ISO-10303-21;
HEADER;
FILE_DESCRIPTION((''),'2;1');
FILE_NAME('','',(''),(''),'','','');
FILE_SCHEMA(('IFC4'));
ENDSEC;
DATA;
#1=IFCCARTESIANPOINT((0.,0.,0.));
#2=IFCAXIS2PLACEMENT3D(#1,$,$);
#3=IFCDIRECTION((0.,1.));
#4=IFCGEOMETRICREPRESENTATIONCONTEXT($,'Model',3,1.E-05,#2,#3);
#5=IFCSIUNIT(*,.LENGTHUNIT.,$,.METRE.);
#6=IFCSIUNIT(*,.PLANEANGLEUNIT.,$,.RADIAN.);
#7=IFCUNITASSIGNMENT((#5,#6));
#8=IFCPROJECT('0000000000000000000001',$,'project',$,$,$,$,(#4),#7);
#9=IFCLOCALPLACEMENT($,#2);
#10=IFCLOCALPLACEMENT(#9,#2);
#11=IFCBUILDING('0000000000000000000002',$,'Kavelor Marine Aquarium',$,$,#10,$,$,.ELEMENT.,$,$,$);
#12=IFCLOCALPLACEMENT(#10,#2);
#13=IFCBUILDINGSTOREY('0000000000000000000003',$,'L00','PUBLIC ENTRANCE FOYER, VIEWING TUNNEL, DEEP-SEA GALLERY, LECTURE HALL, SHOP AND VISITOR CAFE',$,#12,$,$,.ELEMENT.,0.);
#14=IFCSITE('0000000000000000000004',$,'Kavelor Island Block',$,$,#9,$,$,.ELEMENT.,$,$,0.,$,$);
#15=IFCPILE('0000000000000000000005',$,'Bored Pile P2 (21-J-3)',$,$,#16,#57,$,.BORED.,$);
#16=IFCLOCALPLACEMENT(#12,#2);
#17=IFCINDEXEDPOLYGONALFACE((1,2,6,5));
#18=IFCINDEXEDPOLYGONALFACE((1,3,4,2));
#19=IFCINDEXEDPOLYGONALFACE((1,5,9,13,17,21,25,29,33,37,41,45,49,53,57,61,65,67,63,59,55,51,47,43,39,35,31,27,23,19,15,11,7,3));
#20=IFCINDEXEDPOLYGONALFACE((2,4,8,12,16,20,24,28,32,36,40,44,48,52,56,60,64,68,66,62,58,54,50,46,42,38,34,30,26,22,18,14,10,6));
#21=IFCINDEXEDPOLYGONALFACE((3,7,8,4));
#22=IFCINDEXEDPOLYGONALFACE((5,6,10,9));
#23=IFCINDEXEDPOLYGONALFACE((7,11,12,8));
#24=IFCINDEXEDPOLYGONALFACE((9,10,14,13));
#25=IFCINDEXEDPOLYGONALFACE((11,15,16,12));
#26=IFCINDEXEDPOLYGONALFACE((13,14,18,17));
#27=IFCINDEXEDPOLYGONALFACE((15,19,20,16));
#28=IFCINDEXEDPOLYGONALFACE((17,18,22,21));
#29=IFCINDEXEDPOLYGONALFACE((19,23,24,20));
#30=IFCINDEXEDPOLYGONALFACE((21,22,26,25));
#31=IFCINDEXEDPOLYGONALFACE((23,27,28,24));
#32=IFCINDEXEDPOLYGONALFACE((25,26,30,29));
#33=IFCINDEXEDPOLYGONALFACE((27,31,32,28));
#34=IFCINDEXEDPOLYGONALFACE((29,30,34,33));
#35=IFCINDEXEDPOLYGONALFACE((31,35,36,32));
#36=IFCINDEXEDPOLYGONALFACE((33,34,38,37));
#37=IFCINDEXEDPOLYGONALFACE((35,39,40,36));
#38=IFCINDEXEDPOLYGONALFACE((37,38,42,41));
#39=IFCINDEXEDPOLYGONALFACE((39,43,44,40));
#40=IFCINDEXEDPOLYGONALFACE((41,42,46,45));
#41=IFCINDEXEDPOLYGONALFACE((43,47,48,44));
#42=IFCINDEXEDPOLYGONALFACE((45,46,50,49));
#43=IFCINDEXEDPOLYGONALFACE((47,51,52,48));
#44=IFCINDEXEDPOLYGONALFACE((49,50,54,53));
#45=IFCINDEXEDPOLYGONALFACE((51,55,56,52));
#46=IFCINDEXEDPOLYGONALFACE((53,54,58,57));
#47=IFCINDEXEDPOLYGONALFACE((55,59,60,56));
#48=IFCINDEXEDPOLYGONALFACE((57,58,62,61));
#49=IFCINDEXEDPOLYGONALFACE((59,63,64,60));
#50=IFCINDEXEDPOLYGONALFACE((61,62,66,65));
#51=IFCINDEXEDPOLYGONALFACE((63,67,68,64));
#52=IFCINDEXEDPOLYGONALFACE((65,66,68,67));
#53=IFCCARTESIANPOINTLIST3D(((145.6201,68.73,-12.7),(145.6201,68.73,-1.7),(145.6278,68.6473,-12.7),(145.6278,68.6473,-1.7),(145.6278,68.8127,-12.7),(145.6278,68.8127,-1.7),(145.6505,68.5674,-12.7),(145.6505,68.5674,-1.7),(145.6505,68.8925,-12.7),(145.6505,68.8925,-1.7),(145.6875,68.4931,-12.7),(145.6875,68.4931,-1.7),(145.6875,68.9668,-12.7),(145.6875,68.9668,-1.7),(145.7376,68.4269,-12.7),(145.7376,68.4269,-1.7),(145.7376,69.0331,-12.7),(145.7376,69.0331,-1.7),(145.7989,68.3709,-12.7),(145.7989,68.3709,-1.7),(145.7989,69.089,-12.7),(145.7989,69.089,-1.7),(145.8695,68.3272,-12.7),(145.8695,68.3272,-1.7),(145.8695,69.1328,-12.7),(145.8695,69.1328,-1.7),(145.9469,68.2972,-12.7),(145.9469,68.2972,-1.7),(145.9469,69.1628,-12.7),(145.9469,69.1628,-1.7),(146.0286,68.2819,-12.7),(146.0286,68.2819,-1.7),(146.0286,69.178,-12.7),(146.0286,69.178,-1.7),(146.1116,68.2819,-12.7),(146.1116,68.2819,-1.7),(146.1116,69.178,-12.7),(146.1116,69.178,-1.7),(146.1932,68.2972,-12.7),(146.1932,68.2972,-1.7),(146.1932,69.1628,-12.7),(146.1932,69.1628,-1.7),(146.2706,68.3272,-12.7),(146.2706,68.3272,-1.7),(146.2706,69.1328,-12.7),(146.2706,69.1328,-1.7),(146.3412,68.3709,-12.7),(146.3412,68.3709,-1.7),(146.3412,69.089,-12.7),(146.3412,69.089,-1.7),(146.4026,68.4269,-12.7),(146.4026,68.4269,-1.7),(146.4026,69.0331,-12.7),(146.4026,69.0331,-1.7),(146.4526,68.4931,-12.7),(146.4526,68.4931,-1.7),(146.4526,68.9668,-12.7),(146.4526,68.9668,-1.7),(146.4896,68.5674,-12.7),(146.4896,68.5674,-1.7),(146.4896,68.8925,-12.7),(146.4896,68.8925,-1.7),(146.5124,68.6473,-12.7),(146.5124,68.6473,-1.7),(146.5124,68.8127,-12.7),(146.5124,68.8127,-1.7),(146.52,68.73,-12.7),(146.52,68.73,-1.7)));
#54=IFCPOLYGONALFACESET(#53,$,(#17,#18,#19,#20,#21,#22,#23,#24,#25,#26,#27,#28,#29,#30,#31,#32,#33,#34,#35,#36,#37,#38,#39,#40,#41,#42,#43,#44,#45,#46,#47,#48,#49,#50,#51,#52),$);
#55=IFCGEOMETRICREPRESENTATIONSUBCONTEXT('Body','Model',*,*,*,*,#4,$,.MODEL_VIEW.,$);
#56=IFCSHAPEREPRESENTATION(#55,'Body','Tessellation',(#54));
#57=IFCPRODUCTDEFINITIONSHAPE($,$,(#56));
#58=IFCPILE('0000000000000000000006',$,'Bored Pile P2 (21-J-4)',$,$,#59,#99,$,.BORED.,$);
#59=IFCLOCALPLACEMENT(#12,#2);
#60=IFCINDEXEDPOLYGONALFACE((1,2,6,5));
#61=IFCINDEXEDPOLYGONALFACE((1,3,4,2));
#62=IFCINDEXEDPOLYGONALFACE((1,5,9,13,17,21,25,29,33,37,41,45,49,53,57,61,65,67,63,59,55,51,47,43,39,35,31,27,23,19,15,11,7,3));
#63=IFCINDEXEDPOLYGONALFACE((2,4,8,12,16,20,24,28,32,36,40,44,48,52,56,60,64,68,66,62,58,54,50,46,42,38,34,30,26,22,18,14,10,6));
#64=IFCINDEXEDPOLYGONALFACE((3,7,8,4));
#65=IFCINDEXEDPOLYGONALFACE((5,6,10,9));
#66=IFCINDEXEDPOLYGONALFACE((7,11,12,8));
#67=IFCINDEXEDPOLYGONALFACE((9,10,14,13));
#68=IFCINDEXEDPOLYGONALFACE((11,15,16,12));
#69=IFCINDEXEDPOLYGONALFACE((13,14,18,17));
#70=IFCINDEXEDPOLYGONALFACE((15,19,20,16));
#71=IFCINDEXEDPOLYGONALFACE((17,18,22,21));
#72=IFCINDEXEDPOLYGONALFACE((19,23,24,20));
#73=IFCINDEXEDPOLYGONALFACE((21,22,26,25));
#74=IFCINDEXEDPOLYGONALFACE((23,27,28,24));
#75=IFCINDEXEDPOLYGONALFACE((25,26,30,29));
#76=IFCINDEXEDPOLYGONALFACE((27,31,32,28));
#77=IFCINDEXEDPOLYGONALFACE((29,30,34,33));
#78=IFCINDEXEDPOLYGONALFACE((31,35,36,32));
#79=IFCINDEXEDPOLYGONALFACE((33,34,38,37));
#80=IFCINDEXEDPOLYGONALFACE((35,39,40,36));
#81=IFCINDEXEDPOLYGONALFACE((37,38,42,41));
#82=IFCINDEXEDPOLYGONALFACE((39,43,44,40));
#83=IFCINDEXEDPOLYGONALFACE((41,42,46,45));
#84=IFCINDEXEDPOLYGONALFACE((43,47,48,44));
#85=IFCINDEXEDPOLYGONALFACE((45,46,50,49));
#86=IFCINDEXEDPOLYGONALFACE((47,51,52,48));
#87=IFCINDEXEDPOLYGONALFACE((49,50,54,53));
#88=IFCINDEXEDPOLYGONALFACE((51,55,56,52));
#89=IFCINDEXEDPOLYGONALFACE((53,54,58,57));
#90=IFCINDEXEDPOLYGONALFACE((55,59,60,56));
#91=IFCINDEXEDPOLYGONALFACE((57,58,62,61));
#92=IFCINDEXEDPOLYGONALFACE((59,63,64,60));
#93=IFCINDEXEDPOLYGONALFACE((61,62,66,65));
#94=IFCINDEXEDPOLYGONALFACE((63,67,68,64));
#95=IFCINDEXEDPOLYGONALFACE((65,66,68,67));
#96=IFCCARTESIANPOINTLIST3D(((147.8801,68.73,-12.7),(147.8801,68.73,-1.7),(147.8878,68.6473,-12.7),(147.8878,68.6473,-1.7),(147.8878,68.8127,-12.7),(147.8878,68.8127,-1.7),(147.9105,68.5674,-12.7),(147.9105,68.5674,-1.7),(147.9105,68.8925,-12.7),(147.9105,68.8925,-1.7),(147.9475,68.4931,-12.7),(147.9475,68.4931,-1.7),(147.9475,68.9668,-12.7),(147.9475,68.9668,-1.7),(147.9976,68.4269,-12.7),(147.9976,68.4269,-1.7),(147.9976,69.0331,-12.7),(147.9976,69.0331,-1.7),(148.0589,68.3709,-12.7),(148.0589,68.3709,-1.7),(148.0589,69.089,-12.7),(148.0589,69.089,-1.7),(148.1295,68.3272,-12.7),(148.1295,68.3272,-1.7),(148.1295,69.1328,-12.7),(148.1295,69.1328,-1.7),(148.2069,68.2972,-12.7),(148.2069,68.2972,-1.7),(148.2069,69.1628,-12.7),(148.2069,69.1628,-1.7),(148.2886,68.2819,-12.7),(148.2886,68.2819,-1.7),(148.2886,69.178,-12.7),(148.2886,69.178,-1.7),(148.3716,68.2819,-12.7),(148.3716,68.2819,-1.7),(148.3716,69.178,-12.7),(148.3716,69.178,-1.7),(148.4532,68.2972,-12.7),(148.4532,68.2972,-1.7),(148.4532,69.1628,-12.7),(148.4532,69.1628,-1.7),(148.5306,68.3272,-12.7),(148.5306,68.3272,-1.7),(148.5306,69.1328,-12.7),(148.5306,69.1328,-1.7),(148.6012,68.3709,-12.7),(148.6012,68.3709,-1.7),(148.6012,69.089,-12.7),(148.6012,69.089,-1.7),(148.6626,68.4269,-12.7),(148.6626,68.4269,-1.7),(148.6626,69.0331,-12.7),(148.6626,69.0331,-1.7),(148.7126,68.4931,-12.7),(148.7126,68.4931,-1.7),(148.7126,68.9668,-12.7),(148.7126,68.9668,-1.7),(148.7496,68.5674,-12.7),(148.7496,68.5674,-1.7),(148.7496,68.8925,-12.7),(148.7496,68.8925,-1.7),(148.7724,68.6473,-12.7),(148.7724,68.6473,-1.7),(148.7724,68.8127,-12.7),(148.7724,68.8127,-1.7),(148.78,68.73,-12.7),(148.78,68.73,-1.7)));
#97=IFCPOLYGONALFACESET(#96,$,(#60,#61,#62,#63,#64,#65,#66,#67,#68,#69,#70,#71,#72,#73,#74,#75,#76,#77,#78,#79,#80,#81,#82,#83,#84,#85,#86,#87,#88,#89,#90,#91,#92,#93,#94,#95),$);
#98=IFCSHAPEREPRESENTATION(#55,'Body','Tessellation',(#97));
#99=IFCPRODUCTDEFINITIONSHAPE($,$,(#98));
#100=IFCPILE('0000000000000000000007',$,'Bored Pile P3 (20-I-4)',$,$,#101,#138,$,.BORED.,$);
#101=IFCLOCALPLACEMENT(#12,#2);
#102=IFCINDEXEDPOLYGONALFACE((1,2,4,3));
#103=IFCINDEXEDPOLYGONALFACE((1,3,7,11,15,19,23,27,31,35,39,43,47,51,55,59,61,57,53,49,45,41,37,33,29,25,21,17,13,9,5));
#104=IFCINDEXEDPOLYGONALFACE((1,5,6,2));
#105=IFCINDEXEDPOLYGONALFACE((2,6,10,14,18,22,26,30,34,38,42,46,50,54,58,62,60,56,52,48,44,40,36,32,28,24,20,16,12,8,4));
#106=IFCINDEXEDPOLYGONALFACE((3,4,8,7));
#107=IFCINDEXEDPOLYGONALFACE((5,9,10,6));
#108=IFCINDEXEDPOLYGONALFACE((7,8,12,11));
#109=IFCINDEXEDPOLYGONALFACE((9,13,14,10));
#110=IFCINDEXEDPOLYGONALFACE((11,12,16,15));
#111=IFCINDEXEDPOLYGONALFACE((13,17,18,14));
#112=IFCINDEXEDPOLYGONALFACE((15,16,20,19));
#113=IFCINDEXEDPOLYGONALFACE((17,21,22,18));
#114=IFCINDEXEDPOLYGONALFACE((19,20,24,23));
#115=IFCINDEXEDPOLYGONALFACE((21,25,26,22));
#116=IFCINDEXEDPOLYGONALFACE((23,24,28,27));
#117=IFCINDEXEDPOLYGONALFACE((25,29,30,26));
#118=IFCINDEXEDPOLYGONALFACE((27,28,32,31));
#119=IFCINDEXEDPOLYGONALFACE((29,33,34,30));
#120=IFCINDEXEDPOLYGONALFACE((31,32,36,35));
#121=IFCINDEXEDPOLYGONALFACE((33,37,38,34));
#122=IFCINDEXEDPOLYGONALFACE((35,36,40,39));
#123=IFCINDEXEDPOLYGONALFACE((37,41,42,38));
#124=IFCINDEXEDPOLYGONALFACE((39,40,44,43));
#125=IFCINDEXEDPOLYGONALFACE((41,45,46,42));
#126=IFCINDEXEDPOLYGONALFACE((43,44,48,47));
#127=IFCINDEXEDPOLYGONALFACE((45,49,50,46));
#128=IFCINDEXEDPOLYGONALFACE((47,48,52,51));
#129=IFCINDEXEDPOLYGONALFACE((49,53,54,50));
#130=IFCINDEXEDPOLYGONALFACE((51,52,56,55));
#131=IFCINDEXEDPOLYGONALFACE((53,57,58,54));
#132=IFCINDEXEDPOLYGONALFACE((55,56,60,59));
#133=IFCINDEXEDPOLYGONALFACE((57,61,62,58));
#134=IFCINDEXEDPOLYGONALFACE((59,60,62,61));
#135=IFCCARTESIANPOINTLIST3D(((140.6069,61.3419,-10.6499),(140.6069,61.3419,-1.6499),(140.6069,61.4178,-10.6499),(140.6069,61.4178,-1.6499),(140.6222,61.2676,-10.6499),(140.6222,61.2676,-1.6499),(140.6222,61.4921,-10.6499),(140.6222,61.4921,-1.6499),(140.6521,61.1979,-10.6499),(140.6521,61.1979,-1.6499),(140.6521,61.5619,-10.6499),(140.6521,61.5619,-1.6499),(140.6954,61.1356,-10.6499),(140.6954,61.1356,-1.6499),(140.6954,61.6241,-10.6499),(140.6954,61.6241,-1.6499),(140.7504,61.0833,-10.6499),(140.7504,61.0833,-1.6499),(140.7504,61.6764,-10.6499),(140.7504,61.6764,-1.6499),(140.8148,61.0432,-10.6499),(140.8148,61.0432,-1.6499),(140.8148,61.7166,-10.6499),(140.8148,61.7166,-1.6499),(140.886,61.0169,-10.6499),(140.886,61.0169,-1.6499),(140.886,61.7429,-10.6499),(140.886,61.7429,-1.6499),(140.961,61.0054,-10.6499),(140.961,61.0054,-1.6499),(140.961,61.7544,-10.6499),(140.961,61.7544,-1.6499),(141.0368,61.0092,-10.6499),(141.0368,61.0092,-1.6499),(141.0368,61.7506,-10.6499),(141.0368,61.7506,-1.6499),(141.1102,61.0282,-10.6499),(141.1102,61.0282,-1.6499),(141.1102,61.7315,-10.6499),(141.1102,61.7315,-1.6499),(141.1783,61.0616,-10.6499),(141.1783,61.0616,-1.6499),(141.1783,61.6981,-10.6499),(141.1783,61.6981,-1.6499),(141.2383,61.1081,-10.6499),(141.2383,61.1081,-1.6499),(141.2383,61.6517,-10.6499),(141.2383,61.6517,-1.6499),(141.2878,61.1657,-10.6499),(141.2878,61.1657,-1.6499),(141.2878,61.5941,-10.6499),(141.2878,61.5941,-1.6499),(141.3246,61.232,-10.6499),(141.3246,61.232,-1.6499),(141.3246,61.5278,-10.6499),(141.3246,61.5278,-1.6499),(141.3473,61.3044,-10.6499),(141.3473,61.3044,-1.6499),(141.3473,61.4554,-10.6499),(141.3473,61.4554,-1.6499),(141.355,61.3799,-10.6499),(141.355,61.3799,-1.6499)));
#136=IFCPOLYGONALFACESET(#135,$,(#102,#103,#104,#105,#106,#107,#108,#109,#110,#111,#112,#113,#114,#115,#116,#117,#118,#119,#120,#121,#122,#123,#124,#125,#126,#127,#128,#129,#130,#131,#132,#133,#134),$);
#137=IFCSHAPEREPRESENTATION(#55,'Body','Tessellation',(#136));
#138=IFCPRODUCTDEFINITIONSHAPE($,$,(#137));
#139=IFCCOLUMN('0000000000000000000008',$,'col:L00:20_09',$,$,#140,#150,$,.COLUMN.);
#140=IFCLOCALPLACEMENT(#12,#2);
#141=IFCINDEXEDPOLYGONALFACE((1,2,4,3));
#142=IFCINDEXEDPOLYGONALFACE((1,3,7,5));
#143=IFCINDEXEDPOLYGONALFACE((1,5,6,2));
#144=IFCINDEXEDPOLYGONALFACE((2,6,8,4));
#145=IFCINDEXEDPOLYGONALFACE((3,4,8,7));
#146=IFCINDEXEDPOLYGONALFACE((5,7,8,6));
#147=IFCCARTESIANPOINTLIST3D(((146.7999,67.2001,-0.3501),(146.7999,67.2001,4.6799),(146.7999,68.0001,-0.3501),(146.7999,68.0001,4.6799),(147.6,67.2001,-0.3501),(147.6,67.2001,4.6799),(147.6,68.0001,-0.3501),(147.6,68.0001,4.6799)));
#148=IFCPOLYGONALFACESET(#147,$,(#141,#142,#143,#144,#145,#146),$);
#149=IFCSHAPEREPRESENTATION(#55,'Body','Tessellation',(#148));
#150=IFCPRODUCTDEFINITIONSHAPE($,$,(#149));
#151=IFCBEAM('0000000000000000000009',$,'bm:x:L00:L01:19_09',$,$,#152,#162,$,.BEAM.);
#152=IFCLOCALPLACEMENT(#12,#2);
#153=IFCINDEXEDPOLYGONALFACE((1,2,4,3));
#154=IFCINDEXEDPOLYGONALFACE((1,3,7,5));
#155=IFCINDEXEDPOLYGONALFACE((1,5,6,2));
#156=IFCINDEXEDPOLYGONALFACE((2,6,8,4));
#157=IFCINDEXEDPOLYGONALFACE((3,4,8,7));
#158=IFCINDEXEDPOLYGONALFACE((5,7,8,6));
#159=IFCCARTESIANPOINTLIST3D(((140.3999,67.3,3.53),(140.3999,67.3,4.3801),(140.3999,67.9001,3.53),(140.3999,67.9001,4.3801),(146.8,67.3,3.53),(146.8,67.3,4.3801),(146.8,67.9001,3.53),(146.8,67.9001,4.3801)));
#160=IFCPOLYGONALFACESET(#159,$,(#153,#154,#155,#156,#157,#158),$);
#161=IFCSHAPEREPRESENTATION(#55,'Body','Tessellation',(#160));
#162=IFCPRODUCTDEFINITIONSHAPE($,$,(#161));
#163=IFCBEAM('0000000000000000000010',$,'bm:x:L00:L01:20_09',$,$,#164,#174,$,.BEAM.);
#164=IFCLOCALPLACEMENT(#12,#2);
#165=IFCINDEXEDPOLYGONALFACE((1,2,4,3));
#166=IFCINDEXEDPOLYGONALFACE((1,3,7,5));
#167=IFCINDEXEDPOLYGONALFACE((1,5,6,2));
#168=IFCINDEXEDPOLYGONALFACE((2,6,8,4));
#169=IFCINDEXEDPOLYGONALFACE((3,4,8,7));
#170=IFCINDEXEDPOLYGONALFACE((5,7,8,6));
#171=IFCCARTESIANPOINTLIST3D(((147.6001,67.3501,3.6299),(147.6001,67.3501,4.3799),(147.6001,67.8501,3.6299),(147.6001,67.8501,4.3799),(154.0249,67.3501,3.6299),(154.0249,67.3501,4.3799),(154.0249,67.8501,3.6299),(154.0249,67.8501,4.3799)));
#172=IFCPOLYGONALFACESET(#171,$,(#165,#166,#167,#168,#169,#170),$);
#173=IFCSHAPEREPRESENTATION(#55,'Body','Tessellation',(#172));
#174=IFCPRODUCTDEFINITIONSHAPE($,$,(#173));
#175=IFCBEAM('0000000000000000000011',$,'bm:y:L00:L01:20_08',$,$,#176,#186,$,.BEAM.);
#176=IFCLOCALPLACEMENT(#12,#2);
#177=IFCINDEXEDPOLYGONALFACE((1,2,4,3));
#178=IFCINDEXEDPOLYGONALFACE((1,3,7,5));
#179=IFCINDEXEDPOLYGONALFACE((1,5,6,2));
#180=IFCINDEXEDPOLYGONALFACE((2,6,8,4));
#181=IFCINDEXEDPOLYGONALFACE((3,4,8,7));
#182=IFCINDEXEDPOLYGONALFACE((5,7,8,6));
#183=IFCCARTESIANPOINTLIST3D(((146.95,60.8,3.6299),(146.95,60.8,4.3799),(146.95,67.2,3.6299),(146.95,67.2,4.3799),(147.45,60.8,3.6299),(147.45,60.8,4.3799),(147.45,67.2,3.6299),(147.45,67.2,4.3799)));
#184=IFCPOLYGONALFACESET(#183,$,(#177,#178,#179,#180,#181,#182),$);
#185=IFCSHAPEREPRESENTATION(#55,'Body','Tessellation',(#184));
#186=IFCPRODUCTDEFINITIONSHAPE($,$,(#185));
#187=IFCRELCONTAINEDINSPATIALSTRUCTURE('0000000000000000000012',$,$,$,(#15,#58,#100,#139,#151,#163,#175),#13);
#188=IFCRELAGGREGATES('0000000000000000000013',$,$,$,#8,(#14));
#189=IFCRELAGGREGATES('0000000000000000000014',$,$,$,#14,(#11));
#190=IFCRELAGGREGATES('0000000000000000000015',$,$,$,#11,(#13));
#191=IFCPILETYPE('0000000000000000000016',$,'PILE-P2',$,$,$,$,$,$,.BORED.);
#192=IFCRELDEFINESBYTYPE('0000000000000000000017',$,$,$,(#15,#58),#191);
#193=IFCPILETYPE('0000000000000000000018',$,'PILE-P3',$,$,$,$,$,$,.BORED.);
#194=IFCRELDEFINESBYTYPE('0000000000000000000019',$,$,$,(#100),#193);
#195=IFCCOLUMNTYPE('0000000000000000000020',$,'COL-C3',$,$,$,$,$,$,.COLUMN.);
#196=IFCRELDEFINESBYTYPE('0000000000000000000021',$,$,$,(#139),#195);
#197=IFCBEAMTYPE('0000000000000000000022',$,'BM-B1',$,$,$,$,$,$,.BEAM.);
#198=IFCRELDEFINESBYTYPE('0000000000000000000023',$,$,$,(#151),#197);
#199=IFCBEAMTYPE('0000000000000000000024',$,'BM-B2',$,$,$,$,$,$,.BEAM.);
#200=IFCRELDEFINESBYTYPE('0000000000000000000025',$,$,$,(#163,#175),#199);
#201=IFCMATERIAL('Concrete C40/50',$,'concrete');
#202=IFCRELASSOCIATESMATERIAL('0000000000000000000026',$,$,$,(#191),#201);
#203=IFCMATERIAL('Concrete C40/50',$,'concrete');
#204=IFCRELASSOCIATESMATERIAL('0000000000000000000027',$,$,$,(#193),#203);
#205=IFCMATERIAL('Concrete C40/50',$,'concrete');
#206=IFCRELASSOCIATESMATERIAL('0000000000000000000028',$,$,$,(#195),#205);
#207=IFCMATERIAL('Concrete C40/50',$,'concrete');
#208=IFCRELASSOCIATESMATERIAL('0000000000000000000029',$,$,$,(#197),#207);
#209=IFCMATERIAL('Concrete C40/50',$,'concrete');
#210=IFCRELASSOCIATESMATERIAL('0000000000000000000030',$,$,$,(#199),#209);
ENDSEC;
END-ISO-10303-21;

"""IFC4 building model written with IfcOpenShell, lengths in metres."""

from ifc_helpers import new_model, si_unit, direction, frame, origin, origin_2d, place, context, subcontext, project, spatial, rectangle, circle, extrude, material, material_profile, profile_set, type_object, element, save


model = new_model("IFC4")

# Units and contexts
model_context = context("Model", 3, precision=1e-05, world=origin(), true_north=direction((0.0, 1.0)))
body_context = subcontext(model_context, "Body", "Model", "MODEL_VIEW")
ifc_project = project(units=[si_unit("LENGTHUNIT", "METRE"), si_unit("PLANEANGLEUNIT", "RADIAN")], contexts=[model_context])

# Site, building, storey
site_placement = place(None, origin())
site = spatial("IfcSite", under=ifc_project, at=site_placement, Name="Kavelor Island Block", CompositionType="ELEMENT", RefElevation=0.0)
building_placement = place(site_placement, origin())
building = spatial("IfcBuilding", under=site, at=building_placement, Name="Kavelor Marine Aquarium", CompositionType="ELEMENT")
storey_placement = place(building_placement, origin())
storey = spatial("IfcBuildingStorey", under=building, at=storey_placement, Name="L00", Description="PUBLIC ENTRANCE FOYER, VIEWING TUNNEL, DEEP-SEA GALLERY, LECTURE HALL, SHOP AND VISITOR CAFE", CompositionType="ELEMENT", Elevation=0.0)

# Piles
ifc_material_1 = material(Name="Concrete C40/50", Category="concrete")
ifc_material_profile_1 = material_profile(ifc_material_1, circle(Radius=0.45, at=origin_2d()), Name="PILE D900")
ifc_profile_set_1 = profile_set([ifc_material_profile_1], Name="Concrete C40/50")
pile_type_1 = type_object("IfcPileType", Name="PILE-P2", PredefinedType="BORED", material=ifc_profile_set_1)
for number, where, z_axis, x_axis, name in (
    (1, (146.0701, 68.73, -1.7), (0.0, 0.0, -1.0), (1.0, 0.0, 0.0), "Bored Pile P2 (21-J-3)"),
    (2, (148.3301, 68.73, -1.7), (0.0, 0.0, -1.0), (1.0, 0.0, 0.0), "Bored Pile P2 (21-J-4)"),
):
    element("IfcPile", number, at=place(storey_placement, frame(where, z_axis=z_axis, x_axis=x_axis)), inside=storey, type_object=pile_type_1, Name=name, PredefinedType="BORED", context=body_context, shape_type="SweptSolid", body=[
        extrude(circle(Radius=0.45, at=origin_2d()), origin(), (0.0, 0.0, 1.0), 11.0),
    ])
ifc_material_2 = material(Name="Concrete C40/50", Category="concrete")
ifc_material_profile_2 = material_profile(ifc_material_2, circle(Radius=0.375, at=origin_2d()), Name="PILE D750")
ifc_profile_set_2 = profile_set([ifc_material_profile_2], Name="Concrete C40/50")
pile_type_2 = type_object("IfcPileType", Name="PILE-P3", PredefinedType="BORED", material=ifc_profile_set_2)
pile_placement = place(storey_placement, frame((140.98, 61.3799, -1.6499), z_axis=(0.0, 0.0, -1.0), x_axis=(1.0, 0.0, 0.0)))
element("IfcPile", 3, at=pile_placement, inside=storey, type_object=pile_type_2, Name="Bored Pile P3 (20-I-4)", PredefinedType="BORED", context=body_context, shape_type="SweptSolid", body=[
    extrude(circle(Radius=0.375, at=origin_2d()), origin(), (0.0, 0.0, 1.0), 9.0),
])

# Column
ifc_material_3 = material(Name="Concrete C40/50", Category="concrete")
ifc_material_profile_3 = material_profile(ifc_material_3, rectangle(XDim=0.8, YDim=0.8, at=origin_2d()), Name="RC-COL 800x800")
ifc_profile_set_3 = profile_set([ifc_material_profile_3], Name="Concrete C40/50")
column_type = type_object("IfcColumnType", Name="COL-C3", PredefinedType="COLUMN", material=ifc_profile_set_3)
column_placement = place(storey_placement, frame((147.2, 67.6001, -0.3501), z_axis=(0.0, 0.0, 1.0), x_axis=(1.0, 0.0, 0.0)))
element("IfcColumn", 4, at=column_placement, inside=storey, type_object=column_type, Name="col:L00:20_09", PredefinedType="COLUMN", context=body_context, shape_type="SweptSolid", body=[
    extrude(rectangle(XDim=0.8, YDim=0.8, at=origin_2d()), origin(), (0.0, 0.0, 1.0), 5.03),
])

# Beams
ifc_material_4 = material(Name="Concrete C40/50", Category="concrete")
ifc_material_profile_4 = material_profile(ifc_material_4, rectangle(XDim=0.6001, YDim=0.8501, at=origin_2d()), Name="RC-BM 600x850")
ifc_profile_set_4 = profile_set([ifc_material_profile_4], Name="Concrete C40/50")
beam_type_1 = type_object("IfcBeamType", Name="BM-B1", PredefinedType="BEAM", material=ifc_profile_set_4)
beam_1_placement = place(storey_placement, frame((140.3999, 67.6001, 3.9551), z_axis=(1.0, 0.0, 0.0), x_axis=(0.0, 1.0, 0.0)))
element("IfcBeam", 5, at=beam_1_placement, inside=storey, type_object=beam_type_1, Name="bm:x:L00:L01:19_09", PredefinedType="BEAM", context=body_context, shape_type="SweptSolid", body=[
    extrude(rectangle(XDim=0.6001, YDim=0.8501, at=origin_2d()), origin(), (0.0, 0.0, 1.0), 6.4001),
])
ifc_material_5 = material(Name="Concrete C40/50", Category="concrete")
ifc_material_profile_5 = material_profile(ifc_material_5, rectangle(XDim=0.5, YDim=0.75, at=origin_2d()), Name="RC-BM 500x750")
ifc_profile_set_5 = profile_set([ifc_material_profile_5], Name="Concrete C40/50")
beam_type_2 = type_object("IfcBeamType", Name="BM-B2", PredefinedType="BEAM", material=ifc_profile_set_5)
beam_2_placement = place(storey_placement, frame((147.6001, 67.6001, 4.0049), z_axis=(1.0, 0.0, 0.0), x_axis=(0.0, 1.0, 0.0)))
element("IfcBeam", 6, at=beam_2_placement, inside=storey, type_object=beam_type_2, Name="bm:x:L00:L01:20_09", PredefinedType="BEAM", context=body_context, shape_type="SweptSolid", body=[
    extrude(rectangle(XDim=0.5, YDim=0.75, at=origin_2d()), origin(), (0.0, 0.0, 1.0), 6.4248),
])
for number, where, z_axis, x_axis, name in (
    (7, (147.2, 60.8, 4.0049), (0.0, 1.0, 0.0), (-1.0, 0.0, 0.0), "bm:y:L00:L01:20_08"),
):
    element("IfcBeam", number, at=place(storey_placement, frame(where, z_axis=z_axis, x_axis=x_axis)), inside=storey, type_object=beam_type_2, Name=name, PredefinedType="BEAM", context=body_context, shape_type="SweptSolid", body=[
        extrude(rectangle(XDim=0.5, YDim=0.75, at=origin_2d()), origin(), (0.0, 0.0, 1.0), 6.3999),
    ])

save(model, "model.ifc")
